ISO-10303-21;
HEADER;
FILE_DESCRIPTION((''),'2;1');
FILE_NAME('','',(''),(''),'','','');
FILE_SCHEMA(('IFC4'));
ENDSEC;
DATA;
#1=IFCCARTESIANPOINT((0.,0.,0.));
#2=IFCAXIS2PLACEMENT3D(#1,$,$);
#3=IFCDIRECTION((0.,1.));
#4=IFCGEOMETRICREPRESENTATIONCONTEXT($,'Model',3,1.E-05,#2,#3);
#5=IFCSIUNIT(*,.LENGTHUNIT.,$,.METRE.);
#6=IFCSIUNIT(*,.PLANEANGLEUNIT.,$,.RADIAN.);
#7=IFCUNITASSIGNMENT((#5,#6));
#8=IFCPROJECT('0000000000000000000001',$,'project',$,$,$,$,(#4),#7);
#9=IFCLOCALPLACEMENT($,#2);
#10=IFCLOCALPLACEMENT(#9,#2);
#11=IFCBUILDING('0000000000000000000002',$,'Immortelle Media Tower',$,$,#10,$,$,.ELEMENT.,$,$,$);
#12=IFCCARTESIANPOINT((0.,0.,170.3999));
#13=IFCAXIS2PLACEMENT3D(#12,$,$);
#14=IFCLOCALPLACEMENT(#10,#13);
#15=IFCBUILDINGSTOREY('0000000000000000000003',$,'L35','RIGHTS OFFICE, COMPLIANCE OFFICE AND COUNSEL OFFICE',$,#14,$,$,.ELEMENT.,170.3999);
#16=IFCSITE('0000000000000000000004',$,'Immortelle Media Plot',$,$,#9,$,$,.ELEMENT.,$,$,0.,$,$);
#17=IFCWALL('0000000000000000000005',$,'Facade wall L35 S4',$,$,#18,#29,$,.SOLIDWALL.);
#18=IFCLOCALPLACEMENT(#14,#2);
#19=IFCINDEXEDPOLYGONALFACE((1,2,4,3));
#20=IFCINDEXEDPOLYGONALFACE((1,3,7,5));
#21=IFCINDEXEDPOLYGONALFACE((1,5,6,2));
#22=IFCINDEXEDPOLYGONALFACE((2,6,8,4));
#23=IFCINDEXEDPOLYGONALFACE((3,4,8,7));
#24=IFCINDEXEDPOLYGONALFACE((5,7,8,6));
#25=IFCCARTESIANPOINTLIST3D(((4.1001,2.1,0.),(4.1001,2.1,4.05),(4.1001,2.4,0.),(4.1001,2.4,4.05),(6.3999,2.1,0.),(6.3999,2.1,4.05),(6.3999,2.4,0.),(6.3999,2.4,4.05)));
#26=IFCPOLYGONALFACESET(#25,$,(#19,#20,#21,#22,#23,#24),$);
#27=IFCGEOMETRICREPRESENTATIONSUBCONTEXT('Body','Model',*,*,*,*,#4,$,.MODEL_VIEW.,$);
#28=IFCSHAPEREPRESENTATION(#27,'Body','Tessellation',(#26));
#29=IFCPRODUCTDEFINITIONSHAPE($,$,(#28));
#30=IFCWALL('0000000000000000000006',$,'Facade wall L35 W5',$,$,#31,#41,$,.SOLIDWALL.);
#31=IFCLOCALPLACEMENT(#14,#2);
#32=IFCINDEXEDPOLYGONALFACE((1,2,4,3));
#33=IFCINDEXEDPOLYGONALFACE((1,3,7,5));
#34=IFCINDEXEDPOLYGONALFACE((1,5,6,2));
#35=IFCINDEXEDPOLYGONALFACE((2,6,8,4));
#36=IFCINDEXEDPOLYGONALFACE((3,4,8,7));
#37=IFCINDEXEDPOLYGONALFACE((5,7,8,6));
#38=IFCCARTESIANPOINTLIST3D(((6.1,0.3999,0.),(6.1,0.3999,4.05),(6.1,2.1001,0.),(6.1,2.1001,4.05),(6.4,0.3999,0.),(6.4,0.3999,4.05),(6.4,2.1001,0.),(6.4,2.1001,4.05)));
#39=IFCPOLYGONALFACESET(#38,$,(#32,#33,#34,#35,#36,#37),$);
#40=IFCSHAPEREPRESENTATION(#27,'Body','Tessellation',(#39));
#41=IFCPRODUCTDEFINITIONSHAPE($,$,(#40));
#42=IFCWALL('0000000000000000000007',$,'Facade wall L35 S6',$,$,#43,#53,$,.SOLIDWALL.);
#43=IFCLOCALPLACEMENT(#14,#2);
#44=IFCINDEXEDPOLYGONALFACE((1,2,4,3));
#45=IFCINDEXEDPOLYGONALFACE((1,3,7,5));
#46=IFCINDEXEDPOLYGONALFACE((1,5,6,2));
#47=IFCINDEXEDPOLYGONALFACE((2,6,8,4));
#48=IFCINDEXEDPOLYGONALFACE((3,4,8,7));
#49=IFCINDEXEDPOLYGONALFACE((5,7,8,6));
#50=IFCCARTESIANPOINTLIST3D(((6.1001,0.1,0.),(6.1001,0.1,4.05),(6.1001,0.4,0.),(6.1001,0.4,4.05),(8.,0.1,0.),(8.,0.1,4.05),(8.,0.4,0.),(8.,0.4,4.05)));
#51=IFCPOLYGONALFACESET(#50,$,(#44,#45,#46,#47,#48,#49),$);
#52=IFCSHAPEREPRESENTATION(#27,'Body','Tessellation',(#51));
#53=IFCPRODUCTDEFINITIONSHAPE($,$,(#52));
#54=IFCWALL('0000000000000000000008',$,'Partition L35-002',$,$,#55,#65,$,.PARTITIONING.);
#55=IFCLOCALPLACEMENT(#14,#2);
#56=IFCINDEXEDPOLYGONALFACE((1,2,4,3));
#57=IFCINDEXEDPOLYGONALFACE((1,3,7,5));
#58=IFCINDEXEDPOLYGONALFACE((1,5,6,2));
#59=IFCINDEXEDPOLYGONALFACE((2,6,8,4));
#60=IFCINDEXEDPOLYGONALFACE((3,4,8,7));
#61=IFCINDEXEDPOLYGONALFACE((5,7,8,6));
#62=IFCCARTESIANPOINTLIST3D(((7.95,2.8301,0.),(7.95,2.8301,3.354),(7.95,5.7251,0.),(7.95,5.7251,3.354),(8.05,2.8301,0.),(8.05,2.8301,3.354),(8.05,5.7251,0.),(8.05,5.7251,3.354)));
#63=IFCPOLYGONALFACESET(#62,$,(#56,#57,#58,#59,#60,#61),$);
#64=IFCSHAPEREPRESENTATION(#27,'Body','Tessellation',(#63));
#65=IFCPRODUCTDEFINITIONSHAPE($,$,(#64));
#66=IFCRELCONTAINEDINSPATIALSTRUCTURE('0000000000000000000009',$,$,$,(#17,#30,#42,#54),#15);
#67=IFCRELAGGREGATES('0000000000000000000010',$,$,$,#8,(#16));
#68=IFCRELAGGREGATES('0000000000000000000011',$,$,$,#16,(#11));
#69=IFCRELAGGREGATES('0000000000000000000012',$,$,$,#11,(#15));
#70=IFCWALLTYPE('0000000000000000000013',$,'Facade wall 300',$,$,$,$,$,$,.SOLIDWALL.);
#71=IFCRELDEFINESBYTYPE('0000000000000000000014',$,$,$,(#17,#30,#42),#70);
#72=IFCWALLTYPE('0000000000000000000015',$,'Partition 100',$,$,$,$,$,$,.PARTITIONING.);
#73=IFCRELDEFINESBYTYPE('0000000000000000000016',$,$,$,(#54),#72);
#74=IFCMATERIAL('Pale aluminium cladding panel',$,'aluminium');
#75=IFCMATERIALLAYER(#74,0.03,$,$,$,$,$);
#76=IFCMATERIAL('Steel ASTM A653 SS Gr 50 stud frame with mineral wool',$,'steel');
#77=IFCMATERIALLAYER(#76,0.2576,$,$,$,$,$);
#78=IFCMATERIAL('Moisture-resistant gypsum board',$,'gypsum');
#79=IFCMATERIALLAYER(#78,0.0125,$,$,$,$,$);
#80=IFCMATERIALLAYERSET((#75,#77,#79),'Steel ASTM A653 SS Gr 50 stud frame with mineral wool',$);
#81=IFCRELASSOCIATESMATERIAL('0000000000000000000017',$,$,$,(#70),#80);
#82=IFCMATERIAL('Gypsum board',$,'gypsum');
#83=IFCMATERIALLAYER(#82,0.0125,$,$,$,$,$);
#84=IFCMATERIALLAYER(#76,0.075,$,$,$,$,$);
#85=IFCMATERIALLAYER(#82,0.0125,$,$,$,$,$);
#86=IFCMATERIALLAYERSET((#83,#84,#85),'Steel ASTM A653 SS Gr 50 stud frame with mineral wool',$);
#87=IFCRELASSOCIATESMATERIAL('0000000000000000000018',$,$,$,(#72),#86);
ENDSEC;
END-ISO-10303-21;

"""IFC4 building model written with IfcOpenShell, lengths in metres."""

from ifc_helpers import new_model, si_unit, direction, frame, frame_2d, origin, place, context, subcontext, project, spatial, rectangle, extrude, material, layer, layer_set, type_object, element, save


model = new_model("IFC4")

# Units and contexts
model_context = context("Model", 3, precision=1e-05, world=origin(), true_north=direction((0.0, 1.0)))
body_context = subcontext(model_context, "Body", "Model", "MODEL_VIEW")
ifc_project = project(units=[si_unit("LENGTHUNIT", "METRE"), si_unit("PLANEANGLEUNIT", "RADIAN")], contexts=[model_context])

# Site, building, storey
site_placement = place(None, origin())
site = spatial("IfcSite", under=ifc_project, at=site_placement, Name="Immortelle Media Plot", CompositionType="ELEMENT", RefElevation=0.0)
building_placement = place(site_placement, origin())
building = spatial("IfcBuilding", under=site, at=building_placement, Name="Immortelle Media Tower", CompositionType="ELEMENT")
storey_placement = place(building_placement, frame((0.0, 0.0, 170.3999)))
storey = spatial("IfcBuildingStorey", under=building, at=storey_placement, Name="L35", Description="RIGHTS OFFICE, COMPLIANCE OFFICE AND COUNSEL OFFICE", CompositionType="ELEMENT", Elevation=170.3999)

# Walls
ifc_material_1 = material(Name="Pale aluminium cladding panel", Category="aluminium")
ifc_layer_1 = layer(ifc_material_1, 0.03)
ifc_material_2 = material(Name="Steel ASTM A653 SS Gr 50 stud frame with mineral wool", Category="steel")
ifc_layer_2 = layer(ifc_material_2, 0.2576)
ifc_material_3 = material(Name="Moisture-resistant gypsum board", Category="gypsum")
ifc_layer_3 = layer(ifc_material_3, 0.0125)
ifc_layer_set_1 = layer_set([ifc_layer_1, ifc_layer_2, ifc_layer_3], Name="Steel ASTM A653 SS Gr 50 stud frame with mineral wool")
wall_type_1 = type_object("IfcWallType", Name="Facade wall 300", PredefinedType="SOLIDWALL", material=ifc_layer_set_1)
wall_1_placement = place(storey_placement, frame((4.1001, 2.25, 0.0), z_axis=(0.0, 0.0, 1.0), x_axis=(1.0, 0.0, 0.0)))
element("IfcWall", 1, at=wall_1_placement, inside=storey, type_object=wall_type_1, Name="Facade wall L35 S4", PredefinedType="SOLIDWALL", context=body_context, shape_type="SweptSolid", body=[
    extrude(rectangle(XDim=2.2998, YDim=0.3, at=frame_2d((1.1499, 0.0))), origin(), (0.0, 0.0, 1.0), 4.05),
])
wall_2_placement = place(storey_placement, frame((6.25, 2.1001, 0.0), z_axis=(0.0, 0.0, 1.0), x_axis=(0.0, -1.0, 0.0)))
element("IfcWall", 2, at=wall_2_placement, inside=storey, type_object=wall_type_1, Name="Facade wall L35 W5", PredefinedType="SOLIDWALL", context=body_context, shape_type="SweptSolid", body=[
    extrude(rectangle(XDim=1.7002, YDim=0.3, at=frame_2d((0.8501, 0.0))), origin(), (0.0, 0.0, 1.0), 4.05),
])
wall_3_placement = place(storey_placement, frame((6.1001, 0.25, 0.0), z_axis=(0.0, 0.0, 1.0), x_axis=(1.0, 0.0, 0.0)))
element("IfcWall", 3, at=wall_3_placement, inside=storey, type_object=wall_type_1, Name="Facade wall L35 S6", PredefinedType="SOLIDWALL", context=body_context, shape_type="SweptSolid", body=[
    extrude(rectangle(XDim=1.8999, YDim=0.3, at=frame_2d((0.95, 0.0))), origin(), (0.0, 0.0, 1.0), 4.05),
])
ifc_material_4 = material(Name="Gypsum board", Category="gypsum")
ifc_layer_4 = layer(ifc_material_4, 0.0125)
ifc_layer_5 = layer(ifc_material_2, 0.075)
ifc_layer_6 = layer(ifc_material_4, 0.0125)
ifc_layer_set_2 = layer_set([ifc_layer_4, ifc_layer_5, ifc_layer_6], Name="Steel ASTM A653 SS Gr 50 stud frame with mineral wool")
wall_type_2 = type_object("IfcWallType", Name="Partition 100", PredefinedType="PARTITIONING", material=ifc_layer_set_2)
wall_4_placement = place(storey_placement, frame((8.0, 2.8301, 0.0), z_axis=(0.0, 0.0, 1.0), x_axis=(0.0, 1.0, 0.0)))
element("IfcWall", 4, at=wall_4_placement, inside=storey, type_object=wall_type_2, Name="Partition L35-002", PredefinedType="PARTITIONING", context=body_context, shape_type="SweptSolid", body=[
    extrude(rectangle(XDim=2.895, YDim=0.1001, at=frame_2d((1.4475, 0.0))), origin(), (0.0, 0.0, 1.0), 3.354),
])

save(model, "model.ifc")
